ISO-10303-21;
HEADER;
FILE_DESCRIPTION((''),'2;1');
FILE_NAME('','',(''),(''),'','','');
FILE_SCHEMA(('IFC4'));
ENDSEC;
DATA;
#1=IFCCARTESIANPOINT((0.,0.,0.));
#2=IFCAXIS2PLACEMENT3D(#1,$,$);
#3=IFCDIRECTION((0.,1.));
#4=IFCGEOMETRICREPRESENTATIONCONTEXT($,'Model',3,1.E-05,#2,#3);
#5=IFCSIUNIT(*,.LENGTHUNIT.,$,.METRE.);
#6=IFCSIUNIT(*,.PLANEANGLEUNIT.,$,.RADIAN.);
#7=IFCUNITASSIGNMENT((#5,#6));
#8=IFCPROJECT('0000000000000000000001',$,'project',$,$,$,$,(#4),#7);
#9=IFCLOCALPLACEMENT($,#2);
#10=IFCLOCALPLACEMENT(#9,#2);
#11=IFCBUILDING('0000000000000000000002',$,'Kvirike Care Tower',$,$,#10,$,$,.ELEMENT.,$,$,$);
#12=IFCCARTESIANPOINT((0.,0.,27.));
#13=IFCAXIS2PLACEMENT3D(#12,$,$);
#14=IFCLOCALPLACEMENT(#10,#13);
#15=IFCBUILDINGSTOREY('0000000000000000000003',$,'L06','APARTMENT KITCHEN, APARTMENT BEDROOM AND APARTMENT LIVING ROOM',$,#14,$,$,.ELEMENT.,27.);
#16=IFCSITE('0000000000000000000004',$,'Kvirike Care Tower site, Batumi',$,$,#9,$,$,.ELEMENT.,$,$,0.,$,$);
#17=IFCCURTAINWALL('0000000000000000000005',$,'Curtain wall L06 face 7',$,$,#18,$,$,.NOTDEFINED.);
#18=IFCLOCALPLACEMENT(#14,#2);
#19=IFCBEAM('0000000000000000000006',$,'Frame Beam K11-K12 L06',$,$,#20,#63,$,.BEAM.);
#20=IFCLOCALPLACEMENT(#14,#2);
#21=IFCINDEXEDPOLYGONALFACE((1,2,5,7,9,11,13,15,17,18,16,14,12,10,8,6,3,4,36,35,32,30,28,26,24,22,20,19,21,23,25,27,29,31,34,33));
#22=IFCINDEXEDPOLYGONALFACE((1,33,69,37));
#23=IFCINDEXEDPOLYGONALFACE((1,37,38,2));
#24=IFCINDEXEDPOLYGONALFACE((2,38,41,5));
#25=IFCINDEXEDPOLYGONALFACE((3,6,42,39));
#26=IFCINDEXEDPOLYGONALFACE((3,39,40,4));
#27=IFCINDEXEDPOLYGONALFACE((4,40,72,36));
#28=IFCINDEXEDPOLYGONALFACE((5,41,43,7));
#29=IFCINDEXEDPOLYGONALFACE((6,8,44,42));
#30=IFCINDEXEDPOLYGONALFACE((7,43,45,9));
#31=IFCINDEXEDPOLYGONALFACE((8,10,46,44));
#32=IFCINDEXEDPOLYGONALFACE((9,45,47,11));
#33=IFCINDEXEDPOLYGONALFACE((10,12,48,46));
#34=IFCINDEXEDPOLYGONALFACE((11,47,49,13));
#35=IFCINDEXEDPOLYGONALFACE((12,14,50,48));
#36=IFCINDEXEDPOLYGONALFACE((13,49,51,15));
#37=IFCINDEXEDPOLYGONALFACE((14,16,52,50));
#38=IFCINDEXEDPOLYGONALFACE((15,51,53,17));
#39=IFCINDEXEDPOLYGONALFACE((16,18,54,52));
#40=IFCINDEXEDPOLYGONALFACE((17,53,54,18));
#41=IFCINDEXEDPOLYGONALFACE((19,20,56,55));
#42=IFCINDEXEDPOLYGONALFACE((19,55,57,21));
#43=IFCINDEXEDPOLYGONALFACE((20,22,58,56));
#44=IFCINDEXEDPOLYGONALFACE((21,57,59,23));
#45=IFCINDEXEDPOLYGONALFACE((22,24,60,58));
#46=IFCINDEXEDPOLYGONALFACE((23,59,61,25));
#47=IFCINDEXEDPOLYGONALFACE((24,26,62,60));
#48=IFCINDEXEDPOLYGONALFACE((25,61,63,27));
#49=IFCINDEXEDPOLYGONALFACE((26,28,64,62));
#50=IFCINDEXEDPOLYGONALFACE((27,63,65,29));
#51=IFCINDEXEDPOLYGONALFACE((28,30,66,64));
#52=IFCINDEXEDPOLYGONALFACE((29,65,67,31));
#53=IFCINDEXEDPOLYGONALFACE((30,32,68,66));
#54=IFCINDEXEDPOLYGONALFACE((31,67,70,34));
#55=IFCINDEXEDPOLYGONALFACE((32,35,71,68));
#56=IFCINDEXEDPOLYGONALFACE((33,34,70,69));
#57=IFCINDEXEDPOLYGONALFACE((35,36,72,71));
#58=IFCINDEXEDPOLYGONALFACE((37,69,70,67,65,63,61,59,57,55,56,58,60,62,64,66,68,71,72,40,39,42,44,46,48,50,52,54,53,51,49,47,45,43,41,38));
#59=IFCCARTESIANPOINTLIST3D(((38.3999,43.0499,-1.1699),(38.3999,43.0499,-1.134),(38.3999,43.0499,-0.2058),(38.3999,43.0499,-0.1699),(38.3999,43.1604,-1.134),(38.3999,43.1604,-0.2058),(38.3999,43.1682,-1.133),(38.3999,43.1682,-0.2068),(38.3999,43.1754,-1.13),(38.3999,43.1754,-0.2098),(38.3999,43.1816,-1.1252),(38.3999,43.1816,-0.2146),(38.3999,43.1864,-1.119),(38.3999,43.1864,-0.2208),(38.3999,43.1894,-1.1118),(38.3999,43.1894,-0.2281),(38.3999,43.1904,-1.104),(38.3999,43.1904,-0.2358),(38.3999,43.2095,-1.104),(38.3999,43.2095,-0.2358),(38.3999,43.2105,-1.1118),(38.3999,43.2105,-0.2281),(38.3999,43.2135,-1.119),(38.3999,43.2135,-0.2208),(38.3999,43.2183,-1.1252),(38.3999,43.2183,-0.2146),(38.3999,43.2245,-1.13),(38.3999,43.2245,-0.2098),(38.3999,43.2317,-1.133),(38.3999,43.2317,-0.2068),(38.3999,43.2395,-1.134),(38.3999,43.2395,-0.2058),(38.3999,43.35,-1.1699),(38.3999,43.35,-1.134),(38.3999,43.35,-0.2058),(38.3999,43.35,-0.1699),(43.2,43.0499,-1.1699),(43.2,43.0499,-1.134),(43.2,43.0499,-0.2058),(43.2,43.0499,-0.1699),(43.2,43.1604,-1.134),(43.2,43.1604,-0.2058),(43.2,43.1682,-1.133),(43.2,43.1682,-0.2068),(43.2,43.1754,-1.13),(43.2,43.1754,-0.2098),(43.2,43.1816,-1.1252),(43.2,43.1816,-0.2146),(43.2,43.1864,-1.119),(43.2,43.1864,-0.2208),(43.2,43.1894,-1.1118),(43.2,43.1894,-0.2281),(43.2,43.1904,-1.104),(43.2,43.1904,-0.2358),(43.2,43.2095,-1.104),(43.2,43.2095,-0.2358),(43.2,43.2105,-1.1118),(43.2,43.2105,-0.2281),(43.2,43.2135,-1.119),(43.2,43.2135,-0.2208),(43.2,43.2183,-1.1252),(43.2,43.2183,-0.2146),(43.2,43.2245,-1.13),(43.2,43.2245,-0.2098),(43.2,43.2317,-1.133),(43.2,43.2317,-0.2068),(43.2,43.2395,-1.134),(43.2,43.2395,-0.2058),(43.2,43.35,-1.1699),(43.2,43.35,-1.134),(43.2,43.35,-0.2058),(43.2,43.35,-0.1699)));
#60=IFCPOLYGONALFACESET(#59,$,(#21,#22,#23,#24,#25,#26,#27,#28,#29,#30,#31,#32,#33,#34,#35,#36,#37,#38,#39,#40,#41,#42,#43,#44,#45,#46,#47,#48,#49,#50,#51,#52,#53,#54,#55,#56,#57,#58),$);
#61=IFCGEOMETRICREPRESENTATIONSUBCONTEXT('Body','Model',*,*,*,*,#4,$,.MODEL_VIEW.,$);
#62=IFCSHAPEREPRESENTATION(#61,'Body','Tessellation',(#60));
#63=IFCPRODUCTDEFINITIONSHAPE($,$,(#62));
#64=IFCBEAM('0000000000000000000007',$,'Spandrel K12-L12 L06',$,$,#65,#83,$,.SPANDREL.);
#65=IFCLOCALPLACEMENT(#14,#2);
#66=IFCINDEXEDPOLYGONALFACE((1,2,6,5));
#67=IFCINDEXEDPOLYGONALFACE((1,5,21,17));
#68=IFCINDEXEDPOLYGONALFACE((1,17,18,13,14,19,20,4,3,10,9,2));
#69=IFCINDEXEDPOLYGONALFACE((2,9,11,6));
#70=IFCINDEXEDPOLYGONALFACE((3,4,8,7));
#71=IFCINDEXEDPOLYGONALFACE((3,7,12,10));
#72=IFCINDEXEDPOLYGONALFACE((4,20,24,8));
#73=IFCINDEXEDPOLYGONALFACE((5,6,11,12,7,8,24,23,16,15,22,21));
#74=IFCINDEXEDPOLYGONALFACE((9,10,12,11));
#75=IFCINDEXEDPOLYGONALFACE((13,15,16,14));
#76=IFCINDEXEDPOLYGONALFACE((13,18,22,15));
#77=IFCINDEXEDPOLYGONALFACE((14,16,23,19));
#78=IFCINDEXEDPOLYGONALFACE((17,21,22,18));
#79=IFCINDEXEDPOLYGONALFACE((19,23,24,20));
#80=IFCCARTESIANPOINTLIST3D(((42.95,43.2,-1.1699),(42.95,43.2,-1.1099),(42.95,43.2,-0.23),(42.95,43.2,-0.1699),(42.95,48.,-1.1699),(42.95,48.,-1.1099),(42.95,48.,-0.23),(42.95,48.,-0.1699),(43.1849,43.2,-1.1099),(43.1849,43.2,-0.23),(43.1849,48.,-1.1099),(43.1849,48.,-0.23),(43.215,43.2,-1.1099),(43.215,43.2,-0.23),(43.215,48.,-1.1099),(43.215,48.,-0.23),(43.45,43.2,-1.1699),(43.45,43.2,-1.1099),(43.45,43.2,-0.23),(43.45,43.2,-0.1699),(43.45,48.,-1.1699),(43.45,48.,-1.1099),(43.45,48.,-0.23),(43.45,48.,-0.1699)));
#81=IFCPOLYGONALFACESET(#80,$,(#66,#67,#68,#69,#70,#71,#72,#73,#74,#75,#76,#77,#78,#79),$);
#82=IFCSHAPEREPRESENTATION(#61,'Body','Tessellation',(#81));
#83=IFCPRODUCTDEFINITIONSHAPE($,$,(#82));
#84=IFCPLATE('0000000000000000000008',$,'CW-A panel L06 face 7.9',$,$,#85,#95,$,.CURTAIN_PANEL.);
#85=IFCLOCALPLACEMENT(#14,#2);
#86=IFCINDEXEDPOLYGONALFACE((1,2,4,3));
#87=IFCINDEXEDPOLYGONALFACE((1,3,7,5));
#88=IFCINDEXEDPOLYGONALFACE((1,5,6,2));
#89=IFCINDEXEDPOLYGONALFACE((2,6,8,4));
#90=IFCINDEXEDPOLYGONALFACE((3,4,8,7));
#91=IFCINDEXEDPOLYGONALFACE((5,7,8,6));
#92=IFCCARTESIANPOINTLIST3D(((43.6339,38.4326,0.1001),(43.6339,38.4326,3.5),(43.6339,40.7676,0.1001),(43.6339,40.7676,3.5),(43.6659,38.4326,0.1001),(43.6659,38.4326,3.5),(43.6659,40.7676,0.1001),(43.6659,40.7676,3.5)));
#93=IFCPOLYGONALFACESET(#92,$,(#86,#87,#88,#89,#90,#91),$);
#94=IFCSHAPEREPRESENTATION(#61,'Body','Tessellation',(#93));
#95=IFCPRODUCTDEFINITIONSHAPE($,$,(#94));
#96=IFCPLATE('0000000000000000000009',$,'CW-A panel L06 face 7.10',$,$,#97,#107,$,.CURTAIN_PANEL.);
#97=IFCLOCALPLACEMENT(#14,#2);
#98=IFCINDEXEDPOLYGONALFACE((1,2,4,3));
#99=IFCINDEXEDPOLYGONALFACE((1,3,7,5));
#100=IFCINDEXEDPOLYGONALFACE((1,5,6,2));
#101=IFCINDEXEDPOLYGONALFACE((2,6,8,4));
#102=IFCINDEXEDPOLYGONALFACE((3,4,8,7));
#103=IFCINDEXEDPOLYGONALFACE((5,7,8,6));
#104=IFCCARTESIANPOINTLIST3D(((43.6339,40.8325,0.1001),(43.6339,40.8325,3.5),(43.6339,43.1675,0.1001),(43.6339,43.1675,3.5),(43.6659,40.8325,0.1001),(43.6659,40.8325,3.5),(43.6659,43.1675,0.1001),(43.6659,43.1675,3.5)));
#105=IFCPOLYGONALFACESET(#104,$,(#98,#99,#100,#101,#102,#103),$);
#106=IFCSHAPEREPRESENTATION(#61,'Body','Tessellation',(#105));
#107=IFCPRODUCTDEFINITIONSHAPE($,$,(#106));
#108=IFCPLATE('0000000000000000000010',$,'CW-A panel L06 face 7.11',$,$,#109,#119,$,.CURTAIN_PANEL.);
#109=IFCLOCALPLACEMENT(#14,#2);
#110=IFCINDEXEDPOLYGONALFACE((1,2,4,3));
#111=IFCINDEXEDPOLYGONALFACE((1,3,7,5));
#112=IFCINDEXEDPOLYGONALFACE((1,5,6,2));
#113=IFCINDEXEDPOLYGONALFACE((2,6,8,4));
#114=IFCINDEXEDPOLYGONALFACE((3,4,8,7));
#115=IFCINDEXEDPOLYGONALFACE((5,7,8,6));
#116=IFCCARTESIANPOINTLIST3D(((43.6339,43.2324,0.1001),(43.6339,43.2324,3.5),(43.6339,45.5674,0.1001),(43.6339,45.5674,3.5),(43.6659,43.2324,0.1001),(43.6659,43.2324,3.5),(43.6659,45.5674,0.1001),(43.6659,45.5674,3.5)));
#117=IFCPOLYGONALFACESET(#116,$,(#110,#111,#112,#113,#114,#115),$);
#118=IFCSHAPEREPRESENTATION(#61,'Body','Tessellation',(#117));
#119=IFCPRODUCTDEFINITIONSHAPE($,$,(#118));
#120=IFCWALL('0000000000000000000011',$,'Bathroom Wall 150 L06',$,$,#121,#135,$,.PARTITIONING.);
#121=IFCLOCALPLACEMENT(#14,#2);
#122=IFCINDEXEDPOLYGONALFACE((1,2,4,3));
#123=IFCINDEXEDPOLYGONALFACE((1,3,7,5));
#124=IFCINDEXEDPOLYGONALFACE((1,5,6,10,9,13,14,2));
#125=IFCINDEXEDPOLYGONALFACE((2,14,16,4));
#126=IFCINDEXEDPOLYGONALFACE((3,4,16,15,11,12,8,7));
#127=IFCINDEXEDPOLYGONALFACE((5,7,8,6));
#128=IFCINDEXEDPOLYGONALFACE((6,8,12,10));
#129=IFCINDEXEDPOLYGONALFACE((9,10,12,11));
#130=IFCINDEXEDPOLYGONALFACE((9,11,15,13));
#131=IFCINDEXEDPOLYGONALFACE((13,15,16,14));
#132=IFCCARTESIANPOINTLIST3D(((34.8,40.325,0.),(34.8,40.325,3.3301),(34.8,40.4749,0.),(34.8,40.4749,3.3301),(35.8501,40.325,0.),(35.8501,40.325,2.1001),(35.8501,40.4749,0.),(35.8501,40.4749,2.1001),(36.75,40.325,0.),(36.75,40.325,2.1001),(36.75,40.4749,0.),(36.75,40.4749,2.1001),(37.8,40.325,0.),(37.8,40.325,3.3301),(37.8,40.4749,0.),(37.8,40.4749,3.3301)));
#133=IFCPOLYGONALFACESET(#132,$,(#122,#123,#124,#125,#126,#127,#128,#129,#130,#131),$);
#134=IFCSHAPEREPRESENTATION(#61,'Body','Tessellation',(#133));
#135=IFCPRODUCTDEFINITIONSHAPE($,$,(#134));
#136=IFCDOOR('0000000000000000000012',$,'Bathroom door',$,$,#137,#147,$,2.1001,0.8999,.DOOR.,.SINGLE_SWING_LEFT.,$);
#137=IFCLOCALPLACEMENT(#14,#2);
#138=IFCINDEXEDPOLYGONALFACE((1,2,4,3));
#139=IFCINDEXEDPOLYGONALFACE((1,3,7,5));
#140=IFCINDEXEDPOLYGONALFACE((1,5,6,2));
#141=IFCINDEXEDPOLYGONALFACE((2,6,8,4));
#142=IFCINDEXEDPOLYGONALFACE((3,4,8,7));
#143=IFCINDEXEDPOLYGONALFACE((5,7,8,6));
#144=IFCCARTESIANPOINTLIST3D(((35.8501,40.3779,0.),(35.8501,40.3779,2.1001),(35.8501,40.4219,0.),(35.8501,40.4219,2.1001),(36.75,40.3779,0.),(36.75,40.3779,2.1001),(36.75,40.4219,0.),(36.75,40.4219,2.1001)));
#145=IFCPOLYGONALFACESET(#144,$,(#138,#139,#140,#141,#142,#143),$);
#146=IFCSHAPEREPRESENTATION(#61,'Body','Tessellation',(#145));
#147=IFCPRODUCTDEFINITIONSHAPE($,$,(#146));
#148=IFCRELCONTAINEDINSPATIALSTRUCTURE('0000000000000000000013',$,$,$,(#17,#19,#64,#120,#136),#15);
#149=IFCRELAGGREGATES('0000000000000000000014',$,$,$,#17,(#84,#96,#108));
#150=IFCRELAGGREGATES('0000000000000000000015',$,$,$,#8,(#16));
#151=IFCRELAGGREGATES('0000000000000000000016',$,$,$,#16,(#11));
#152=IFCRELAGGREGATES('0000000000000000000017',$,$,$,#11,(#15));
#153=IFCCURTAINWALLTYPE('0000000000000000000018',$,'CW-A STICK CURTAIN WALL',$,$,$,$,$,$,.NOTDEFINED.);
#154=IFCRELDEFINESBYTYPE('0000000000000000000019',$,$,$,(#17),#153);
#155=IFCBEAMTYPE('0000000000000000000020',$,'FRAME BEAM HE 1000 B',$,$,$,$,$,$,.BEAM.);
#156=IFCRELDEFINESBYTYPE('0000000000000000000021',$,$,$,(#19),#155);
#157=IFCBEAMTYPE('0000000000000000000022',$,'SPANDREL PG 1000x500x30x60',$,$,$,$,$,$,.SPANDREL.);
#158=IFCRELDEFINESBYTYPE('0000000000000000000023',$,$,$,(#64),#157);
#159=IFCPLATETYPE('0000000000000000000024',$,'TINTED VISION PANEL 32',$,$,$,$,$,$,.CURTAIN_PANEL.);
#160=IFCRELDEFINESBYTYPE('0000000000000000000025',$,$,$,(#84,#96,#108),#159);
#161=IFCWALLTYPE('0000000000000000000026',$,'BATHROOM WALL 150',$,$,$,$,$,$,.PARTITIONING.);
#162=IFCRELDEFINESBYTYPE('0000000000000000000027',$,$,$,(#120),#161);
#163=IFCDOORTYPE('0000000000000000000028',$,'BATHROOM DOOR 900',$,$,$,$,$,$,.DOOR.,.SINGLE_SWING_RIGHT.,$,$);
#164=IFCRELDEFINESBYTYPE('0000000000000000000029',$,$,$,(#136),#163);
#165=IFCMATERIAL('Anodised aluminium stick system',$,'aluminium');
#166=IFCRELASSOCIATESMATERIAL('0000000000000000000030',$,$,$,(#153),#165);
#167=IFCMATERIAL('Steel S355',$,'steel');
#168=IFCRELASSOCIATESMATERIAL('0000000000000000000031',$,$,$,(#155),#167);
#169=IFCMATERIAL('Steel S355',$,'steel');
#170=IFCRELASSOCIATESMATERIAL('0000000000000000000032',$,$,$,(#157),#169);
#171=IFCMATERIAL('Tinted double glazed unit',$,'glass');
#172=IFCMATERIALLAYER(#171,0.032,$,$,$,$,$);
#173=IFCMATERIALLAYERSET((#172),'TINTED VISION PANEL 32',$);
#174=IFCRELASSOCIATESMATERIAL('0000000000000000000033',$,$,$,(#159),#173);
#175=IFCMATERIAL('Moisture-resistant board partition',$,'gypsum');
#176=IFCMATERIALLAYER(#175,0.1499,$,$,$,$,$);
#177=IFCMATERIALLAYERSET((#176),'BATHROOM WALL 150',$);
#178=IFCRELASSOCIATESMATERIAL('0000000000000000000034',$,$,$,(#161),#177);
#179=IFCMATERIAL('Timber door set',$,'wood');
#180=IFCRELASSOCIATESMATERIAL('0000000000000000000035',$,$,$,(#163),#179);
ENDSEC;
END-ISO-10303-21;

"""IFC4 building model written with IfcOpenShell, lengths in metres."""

from ifc_helpers import new_model, si_unit, direction, frame, frame_2d, origin, origin_2d, place, context, subcontext, project, spatial, rectangle, i_section, extrude, material, layer, layer_set, material_profile, profile_set, type_object, element, fill, aggregate, save


model = new_model("IFC4")

# Units and contexts
model_context = context("Model", 3, precision=1e-05, world=origin(), true_north=direction((0.0, 1.0)))
body_context = subcontext(model_context, "Body", "Model", "MODEL_VIEW")
ifc_project = project(units=[si_unit("LENGTHUNIT", "METRE"), si_unit("PLANEANGLEUNIT", "RADIAN")], contexts=[model_context])

# Site, building, storey
site_placement = place(None, origin())
site = spatial("IfcSite", under=ifc_project, at=site_placement, Name="Kvirike Care Tower site, Batumi", CompositionType="ELEMENT", RefElevation=0.0)
building_placement = place(site_placement, origin())
building = spatial("IfcBuilding", under=site, at=building_placement, Name="Kvirike Care Tower", CompositionType="ELEMENT")
storey_placement = place(building_placement, frame((0.0, 0.0, 27.0)))
storey = spatial("IfcBuildingStorey", under=building, at=storey_placement, Name="L06", Description="APARTMENT KITCHEN, APARTMENT BEDROOM AND APARTMENT LIVING ROOM", CompositionType="ELEMENT", Elevation=27.0)

# Curtain wall
ifc_material_1 = material(Name="Anodised aluminium stick system", Category="aluminium")
curtain_wall_type = type_object("IfcCurtainWallType", Name="CW-A STICK CURTAIN WALL", PredefinedType="NOTDEFINED", material=ifc_material_1)
curtain_wall_placement = place(storey_placement, origin())
curtain_wall = element("IfcCurtainWall", 1, at=curtain_wall_placement, inside=storey, type_object=curtain_wall_type, Name="Curtain wall L06 face 7", PredefinedType="NOTDEFINED")

# Beams
ifc_material_2 = material(Name="Steel S355", Category="steel")
ifc_material_profile_1 = material_profile(ifc_material_2, i_section(OverallWidth=0.3, OverallDepth=1.0, WebThickness=0.019, FlangeThickness=0.0359, FilletRadius=0.03, at=origin_2d()), Name="HE 1000 B")
ifc_profile_set_1 = profile_set([ifc_material_profile_1], Name="Steel S355")
beam_type_1 = type_object("IfcBeamType", Name="FRAME BEAM HE 1000 B", PredefinedType="BEAM", material=ifc_profile_set_1)
beam_1_placement = place(storey_placement, frame((38.3999, 43.2, -0.6699), z_axis=(1.0, 0.0, 0.0), x_axis=(0.0, 1.0, 0.0)))
element("IfcBeam", 2, at=beam_1_placement, inside=storey, type_object=beam_type_1, Name="Frame Beam K11-K12 L06", PredefinedType="BEAM", context=body_context, shape_type="SweptSolid", body=[
    extrude(i_section(OverallWidth=0.3, OverallDepth=1.0, WebThickness=0.019, FlangeThickness=0.0359, FilletRadius=0.03, at=origin_2d()), origin(), (0.0, 0.0, 1.0), 4.8),
])
ifc_material_3 = material(Name="Steel S355", Category="steel")
ifc_material_profile_2 = material_profile(ifc_material_3, i_section(OverallWidth=0.5, OverallDepth=1.0, WebThickness=0.03, FlangeThickness=0.0601, at=origin_2d()), Name="PG 1000x500x30x60")
ifc_profile_set_2 = profile_set([ifc_material_profile_2], Name="Steel S355")
beam_type_2 = type_object("IfcBeamType", Name="SPANDREL PG 1000x500x30x60", PredefinedType="SPANDREL", material=ifc_profile_set_2)
beam_2_placement = place(storey_placement, frame((43.2, 43.2, -0.6699), z_axis=(0.0, 1.0, 0.0), x_axis=(-1.0, 0.0, 0.0)))
element("IfcBeam", 3, at=beam_2_placement, inside=storey, type_object=beam_type_2, Name="Spandrel K12-L12 L06", PredefinedType="SPANDREL", context=body_context, shape_type="SweptSolid", body=[
    extrude(i_section(OverallWidth=0.5, OverallDepth=1.0, WebThickness=0.03, FlangeThickness=0.0601, at=origin_2d()), origin(), (0.0, 0.0, 1.0), 4.8),
])

# Plates
ifc_material_4 = material(Name="Tinted double glazed unit", Category="glass")
ifc_layer_1 = layer(ifc_material_4, 0.032)
ifc_layer_set_1 = layer_set([ifc_layer_1], Name="TINTED VISION PANEL 32")
plate_type = type_object("IfcPlateType", Name="TINTED VISION PANEL 32", PredefinedType="CURTAIN_PANEL", material=ifc_layer_set_1)
plate_1_placement = place(storey_placement, frame((43.6499, 39.6001, 0.1001), z_axis=(0.0, 0.0, 1.0), x_axis=(0.0, 1.0, 0.0)))
plate_1 = element("IfcPlate", 4, at=plate_1_placement, type_object=plate_type, Name="CW-A panel L06 face 7.9", PredefinedType="CURTAIN_PANEL", context=body_context, shape_type="SweptSolid", body=[
    extrude(rectangle(XDim=2.335, YDim=0.032, at=origin_2d()), origin(), (0.0, 0.0, 1.0), 3.3999),
])
plate_2_placement = place(storey_placement, frame((43.6499, 42.0, 0.1001), z_axis=(0.0, 0.0, 1.0), x_axis=(0.0, 1.0, 0.0)))
plate_2 = element("IfcPlate", 5, at=plate_2_placement, type_object=plate_type, Name="CW-A panel L06 face 7.10", PredefinedType="CURTAIN_PANEL", context=body_context, shape_type="SweptSolid", body=[
    extrude(rectangle(XDim=2.335, YDim=0.032, at=origin_2d()), origin(), (0.0, 0.0, 1.0), 3.3999),
])
plate_3_placement = place(storey_placement, frame((43.6499, 44.3999, 0.1001), z_axis=(0.0, 0.0, 1.0), x_axis=(0.0, 1.0, 0.0)))
plate_3 = element("IfcPlate", 6, at=plate_3_placement, type_object=plate_type, Name="CW-A panel L06 face 7.11", PredefinedType="CURTAIN_PANEL", context=body_context, shape_type="SweptSolid", body=[
    extrude(rectangle(XDim=2.335, YDim=0.032, at=origin_2d()), origin(), (0.0, 0.0, 1.0), 3.3999),
])
aggregate(curtain_wall, [plate_1, plate_2, plate_3])

# Wall, opening, door
ifc_material_5 = material(Name="Moisture-resistant board partition", Category="gypsum")
ifc_layer_2 = layer(ifc_material_5, 0.1499)
ifc_layer_set_2 = layer_set([ifc_layer_2], Name="BATHROOM WALL 150")
wall_type_1 = type_object("IfcWallType", Name="BATHROOM WALL 150", PredefinedType="PARTITIONING", material=ifc_layer_set_2)
wall_1_placement = place(storey_placement, frame((37.8, 40.3999, 0.0), z_axis=(0.0, 0.0, 1.0), x_axis=(-1.0, 0.0, 0.0)))
wall_1 = element("IfcWall", 7, at=wall_1_placement, inside=storey, type_object=wall_type_1, Name="Bathroom Wall 150 L06", PredefinedType="PARTITIONING", context=body_context, shape_type="SweptSolid", body=[
    extrude(rectangle(XDim=3.0, YDim=0.1499, at=frame_2d((1.5, 0.0))), origin(), (0.0, 0.0, 1.0), 3.3301),
])
opening_1_placement = place(wall_1_placement, frame((1.05, 0.0, 0.0)))
opening_1 = element("IfcOpeningElement", 8, at=opening_1_placement, cuts=wall_1, PredefinedType="OPENING", context=body_context, shape_type="SweptSolid", body=[
    extrude(rectangle(XDim=0.8999, YDim=2.1001, at=frame_2d((0.45, 1.05))), frame((0.0, 0.0854, 0.0), z_axis=(0.0, -1.0, 0.0), x_axis=(1.0, 0.0, 0.0)), (0.0, 0.0, 1.0), 0.1709),
])
ifc_material_6 = material(Name="Timber door set", Category="wood")
door_type_1 = type_object("IfcDoorType", Name="BATHROOM DOOR 900", OperationType="SINGLE_SWING_RIGHT", PredefinedType="DOOR", material=ifc_material_6)
door_1_placement = place(opening_1_placement, frame((0.8999, 0.0, 0.0), z_axis=(0.0, 0.0, 1.0), x_axis=(-1.0, 0.0, 0.0)))
door_1 = element("IfcDoor", 9, at=door_1_placement, inside=storey, type_object=door_type_1, Name="Bathroom door", OperationType="SINGLE_SWING_LEFT", OverallHeight=2.1001, OverallWidth=0.8999, PredefinedType="DOOR", context=body_context, shape_type="SweptSolid", body=[
    extrude(rectangle(XDim=0.8999, YDim=2.1001, at=frame_2d((0.45, 1.05))), frame((0.0, 0.022, 0.0), z_axis=(0.0, -1.0, 0.0), x_axis=(1.0, 0.0, 0.0)), (0.0, 0.0, 1.0), 0.0439),
])
fill(opening_1, door_1)

save(model, "model.ifc")
